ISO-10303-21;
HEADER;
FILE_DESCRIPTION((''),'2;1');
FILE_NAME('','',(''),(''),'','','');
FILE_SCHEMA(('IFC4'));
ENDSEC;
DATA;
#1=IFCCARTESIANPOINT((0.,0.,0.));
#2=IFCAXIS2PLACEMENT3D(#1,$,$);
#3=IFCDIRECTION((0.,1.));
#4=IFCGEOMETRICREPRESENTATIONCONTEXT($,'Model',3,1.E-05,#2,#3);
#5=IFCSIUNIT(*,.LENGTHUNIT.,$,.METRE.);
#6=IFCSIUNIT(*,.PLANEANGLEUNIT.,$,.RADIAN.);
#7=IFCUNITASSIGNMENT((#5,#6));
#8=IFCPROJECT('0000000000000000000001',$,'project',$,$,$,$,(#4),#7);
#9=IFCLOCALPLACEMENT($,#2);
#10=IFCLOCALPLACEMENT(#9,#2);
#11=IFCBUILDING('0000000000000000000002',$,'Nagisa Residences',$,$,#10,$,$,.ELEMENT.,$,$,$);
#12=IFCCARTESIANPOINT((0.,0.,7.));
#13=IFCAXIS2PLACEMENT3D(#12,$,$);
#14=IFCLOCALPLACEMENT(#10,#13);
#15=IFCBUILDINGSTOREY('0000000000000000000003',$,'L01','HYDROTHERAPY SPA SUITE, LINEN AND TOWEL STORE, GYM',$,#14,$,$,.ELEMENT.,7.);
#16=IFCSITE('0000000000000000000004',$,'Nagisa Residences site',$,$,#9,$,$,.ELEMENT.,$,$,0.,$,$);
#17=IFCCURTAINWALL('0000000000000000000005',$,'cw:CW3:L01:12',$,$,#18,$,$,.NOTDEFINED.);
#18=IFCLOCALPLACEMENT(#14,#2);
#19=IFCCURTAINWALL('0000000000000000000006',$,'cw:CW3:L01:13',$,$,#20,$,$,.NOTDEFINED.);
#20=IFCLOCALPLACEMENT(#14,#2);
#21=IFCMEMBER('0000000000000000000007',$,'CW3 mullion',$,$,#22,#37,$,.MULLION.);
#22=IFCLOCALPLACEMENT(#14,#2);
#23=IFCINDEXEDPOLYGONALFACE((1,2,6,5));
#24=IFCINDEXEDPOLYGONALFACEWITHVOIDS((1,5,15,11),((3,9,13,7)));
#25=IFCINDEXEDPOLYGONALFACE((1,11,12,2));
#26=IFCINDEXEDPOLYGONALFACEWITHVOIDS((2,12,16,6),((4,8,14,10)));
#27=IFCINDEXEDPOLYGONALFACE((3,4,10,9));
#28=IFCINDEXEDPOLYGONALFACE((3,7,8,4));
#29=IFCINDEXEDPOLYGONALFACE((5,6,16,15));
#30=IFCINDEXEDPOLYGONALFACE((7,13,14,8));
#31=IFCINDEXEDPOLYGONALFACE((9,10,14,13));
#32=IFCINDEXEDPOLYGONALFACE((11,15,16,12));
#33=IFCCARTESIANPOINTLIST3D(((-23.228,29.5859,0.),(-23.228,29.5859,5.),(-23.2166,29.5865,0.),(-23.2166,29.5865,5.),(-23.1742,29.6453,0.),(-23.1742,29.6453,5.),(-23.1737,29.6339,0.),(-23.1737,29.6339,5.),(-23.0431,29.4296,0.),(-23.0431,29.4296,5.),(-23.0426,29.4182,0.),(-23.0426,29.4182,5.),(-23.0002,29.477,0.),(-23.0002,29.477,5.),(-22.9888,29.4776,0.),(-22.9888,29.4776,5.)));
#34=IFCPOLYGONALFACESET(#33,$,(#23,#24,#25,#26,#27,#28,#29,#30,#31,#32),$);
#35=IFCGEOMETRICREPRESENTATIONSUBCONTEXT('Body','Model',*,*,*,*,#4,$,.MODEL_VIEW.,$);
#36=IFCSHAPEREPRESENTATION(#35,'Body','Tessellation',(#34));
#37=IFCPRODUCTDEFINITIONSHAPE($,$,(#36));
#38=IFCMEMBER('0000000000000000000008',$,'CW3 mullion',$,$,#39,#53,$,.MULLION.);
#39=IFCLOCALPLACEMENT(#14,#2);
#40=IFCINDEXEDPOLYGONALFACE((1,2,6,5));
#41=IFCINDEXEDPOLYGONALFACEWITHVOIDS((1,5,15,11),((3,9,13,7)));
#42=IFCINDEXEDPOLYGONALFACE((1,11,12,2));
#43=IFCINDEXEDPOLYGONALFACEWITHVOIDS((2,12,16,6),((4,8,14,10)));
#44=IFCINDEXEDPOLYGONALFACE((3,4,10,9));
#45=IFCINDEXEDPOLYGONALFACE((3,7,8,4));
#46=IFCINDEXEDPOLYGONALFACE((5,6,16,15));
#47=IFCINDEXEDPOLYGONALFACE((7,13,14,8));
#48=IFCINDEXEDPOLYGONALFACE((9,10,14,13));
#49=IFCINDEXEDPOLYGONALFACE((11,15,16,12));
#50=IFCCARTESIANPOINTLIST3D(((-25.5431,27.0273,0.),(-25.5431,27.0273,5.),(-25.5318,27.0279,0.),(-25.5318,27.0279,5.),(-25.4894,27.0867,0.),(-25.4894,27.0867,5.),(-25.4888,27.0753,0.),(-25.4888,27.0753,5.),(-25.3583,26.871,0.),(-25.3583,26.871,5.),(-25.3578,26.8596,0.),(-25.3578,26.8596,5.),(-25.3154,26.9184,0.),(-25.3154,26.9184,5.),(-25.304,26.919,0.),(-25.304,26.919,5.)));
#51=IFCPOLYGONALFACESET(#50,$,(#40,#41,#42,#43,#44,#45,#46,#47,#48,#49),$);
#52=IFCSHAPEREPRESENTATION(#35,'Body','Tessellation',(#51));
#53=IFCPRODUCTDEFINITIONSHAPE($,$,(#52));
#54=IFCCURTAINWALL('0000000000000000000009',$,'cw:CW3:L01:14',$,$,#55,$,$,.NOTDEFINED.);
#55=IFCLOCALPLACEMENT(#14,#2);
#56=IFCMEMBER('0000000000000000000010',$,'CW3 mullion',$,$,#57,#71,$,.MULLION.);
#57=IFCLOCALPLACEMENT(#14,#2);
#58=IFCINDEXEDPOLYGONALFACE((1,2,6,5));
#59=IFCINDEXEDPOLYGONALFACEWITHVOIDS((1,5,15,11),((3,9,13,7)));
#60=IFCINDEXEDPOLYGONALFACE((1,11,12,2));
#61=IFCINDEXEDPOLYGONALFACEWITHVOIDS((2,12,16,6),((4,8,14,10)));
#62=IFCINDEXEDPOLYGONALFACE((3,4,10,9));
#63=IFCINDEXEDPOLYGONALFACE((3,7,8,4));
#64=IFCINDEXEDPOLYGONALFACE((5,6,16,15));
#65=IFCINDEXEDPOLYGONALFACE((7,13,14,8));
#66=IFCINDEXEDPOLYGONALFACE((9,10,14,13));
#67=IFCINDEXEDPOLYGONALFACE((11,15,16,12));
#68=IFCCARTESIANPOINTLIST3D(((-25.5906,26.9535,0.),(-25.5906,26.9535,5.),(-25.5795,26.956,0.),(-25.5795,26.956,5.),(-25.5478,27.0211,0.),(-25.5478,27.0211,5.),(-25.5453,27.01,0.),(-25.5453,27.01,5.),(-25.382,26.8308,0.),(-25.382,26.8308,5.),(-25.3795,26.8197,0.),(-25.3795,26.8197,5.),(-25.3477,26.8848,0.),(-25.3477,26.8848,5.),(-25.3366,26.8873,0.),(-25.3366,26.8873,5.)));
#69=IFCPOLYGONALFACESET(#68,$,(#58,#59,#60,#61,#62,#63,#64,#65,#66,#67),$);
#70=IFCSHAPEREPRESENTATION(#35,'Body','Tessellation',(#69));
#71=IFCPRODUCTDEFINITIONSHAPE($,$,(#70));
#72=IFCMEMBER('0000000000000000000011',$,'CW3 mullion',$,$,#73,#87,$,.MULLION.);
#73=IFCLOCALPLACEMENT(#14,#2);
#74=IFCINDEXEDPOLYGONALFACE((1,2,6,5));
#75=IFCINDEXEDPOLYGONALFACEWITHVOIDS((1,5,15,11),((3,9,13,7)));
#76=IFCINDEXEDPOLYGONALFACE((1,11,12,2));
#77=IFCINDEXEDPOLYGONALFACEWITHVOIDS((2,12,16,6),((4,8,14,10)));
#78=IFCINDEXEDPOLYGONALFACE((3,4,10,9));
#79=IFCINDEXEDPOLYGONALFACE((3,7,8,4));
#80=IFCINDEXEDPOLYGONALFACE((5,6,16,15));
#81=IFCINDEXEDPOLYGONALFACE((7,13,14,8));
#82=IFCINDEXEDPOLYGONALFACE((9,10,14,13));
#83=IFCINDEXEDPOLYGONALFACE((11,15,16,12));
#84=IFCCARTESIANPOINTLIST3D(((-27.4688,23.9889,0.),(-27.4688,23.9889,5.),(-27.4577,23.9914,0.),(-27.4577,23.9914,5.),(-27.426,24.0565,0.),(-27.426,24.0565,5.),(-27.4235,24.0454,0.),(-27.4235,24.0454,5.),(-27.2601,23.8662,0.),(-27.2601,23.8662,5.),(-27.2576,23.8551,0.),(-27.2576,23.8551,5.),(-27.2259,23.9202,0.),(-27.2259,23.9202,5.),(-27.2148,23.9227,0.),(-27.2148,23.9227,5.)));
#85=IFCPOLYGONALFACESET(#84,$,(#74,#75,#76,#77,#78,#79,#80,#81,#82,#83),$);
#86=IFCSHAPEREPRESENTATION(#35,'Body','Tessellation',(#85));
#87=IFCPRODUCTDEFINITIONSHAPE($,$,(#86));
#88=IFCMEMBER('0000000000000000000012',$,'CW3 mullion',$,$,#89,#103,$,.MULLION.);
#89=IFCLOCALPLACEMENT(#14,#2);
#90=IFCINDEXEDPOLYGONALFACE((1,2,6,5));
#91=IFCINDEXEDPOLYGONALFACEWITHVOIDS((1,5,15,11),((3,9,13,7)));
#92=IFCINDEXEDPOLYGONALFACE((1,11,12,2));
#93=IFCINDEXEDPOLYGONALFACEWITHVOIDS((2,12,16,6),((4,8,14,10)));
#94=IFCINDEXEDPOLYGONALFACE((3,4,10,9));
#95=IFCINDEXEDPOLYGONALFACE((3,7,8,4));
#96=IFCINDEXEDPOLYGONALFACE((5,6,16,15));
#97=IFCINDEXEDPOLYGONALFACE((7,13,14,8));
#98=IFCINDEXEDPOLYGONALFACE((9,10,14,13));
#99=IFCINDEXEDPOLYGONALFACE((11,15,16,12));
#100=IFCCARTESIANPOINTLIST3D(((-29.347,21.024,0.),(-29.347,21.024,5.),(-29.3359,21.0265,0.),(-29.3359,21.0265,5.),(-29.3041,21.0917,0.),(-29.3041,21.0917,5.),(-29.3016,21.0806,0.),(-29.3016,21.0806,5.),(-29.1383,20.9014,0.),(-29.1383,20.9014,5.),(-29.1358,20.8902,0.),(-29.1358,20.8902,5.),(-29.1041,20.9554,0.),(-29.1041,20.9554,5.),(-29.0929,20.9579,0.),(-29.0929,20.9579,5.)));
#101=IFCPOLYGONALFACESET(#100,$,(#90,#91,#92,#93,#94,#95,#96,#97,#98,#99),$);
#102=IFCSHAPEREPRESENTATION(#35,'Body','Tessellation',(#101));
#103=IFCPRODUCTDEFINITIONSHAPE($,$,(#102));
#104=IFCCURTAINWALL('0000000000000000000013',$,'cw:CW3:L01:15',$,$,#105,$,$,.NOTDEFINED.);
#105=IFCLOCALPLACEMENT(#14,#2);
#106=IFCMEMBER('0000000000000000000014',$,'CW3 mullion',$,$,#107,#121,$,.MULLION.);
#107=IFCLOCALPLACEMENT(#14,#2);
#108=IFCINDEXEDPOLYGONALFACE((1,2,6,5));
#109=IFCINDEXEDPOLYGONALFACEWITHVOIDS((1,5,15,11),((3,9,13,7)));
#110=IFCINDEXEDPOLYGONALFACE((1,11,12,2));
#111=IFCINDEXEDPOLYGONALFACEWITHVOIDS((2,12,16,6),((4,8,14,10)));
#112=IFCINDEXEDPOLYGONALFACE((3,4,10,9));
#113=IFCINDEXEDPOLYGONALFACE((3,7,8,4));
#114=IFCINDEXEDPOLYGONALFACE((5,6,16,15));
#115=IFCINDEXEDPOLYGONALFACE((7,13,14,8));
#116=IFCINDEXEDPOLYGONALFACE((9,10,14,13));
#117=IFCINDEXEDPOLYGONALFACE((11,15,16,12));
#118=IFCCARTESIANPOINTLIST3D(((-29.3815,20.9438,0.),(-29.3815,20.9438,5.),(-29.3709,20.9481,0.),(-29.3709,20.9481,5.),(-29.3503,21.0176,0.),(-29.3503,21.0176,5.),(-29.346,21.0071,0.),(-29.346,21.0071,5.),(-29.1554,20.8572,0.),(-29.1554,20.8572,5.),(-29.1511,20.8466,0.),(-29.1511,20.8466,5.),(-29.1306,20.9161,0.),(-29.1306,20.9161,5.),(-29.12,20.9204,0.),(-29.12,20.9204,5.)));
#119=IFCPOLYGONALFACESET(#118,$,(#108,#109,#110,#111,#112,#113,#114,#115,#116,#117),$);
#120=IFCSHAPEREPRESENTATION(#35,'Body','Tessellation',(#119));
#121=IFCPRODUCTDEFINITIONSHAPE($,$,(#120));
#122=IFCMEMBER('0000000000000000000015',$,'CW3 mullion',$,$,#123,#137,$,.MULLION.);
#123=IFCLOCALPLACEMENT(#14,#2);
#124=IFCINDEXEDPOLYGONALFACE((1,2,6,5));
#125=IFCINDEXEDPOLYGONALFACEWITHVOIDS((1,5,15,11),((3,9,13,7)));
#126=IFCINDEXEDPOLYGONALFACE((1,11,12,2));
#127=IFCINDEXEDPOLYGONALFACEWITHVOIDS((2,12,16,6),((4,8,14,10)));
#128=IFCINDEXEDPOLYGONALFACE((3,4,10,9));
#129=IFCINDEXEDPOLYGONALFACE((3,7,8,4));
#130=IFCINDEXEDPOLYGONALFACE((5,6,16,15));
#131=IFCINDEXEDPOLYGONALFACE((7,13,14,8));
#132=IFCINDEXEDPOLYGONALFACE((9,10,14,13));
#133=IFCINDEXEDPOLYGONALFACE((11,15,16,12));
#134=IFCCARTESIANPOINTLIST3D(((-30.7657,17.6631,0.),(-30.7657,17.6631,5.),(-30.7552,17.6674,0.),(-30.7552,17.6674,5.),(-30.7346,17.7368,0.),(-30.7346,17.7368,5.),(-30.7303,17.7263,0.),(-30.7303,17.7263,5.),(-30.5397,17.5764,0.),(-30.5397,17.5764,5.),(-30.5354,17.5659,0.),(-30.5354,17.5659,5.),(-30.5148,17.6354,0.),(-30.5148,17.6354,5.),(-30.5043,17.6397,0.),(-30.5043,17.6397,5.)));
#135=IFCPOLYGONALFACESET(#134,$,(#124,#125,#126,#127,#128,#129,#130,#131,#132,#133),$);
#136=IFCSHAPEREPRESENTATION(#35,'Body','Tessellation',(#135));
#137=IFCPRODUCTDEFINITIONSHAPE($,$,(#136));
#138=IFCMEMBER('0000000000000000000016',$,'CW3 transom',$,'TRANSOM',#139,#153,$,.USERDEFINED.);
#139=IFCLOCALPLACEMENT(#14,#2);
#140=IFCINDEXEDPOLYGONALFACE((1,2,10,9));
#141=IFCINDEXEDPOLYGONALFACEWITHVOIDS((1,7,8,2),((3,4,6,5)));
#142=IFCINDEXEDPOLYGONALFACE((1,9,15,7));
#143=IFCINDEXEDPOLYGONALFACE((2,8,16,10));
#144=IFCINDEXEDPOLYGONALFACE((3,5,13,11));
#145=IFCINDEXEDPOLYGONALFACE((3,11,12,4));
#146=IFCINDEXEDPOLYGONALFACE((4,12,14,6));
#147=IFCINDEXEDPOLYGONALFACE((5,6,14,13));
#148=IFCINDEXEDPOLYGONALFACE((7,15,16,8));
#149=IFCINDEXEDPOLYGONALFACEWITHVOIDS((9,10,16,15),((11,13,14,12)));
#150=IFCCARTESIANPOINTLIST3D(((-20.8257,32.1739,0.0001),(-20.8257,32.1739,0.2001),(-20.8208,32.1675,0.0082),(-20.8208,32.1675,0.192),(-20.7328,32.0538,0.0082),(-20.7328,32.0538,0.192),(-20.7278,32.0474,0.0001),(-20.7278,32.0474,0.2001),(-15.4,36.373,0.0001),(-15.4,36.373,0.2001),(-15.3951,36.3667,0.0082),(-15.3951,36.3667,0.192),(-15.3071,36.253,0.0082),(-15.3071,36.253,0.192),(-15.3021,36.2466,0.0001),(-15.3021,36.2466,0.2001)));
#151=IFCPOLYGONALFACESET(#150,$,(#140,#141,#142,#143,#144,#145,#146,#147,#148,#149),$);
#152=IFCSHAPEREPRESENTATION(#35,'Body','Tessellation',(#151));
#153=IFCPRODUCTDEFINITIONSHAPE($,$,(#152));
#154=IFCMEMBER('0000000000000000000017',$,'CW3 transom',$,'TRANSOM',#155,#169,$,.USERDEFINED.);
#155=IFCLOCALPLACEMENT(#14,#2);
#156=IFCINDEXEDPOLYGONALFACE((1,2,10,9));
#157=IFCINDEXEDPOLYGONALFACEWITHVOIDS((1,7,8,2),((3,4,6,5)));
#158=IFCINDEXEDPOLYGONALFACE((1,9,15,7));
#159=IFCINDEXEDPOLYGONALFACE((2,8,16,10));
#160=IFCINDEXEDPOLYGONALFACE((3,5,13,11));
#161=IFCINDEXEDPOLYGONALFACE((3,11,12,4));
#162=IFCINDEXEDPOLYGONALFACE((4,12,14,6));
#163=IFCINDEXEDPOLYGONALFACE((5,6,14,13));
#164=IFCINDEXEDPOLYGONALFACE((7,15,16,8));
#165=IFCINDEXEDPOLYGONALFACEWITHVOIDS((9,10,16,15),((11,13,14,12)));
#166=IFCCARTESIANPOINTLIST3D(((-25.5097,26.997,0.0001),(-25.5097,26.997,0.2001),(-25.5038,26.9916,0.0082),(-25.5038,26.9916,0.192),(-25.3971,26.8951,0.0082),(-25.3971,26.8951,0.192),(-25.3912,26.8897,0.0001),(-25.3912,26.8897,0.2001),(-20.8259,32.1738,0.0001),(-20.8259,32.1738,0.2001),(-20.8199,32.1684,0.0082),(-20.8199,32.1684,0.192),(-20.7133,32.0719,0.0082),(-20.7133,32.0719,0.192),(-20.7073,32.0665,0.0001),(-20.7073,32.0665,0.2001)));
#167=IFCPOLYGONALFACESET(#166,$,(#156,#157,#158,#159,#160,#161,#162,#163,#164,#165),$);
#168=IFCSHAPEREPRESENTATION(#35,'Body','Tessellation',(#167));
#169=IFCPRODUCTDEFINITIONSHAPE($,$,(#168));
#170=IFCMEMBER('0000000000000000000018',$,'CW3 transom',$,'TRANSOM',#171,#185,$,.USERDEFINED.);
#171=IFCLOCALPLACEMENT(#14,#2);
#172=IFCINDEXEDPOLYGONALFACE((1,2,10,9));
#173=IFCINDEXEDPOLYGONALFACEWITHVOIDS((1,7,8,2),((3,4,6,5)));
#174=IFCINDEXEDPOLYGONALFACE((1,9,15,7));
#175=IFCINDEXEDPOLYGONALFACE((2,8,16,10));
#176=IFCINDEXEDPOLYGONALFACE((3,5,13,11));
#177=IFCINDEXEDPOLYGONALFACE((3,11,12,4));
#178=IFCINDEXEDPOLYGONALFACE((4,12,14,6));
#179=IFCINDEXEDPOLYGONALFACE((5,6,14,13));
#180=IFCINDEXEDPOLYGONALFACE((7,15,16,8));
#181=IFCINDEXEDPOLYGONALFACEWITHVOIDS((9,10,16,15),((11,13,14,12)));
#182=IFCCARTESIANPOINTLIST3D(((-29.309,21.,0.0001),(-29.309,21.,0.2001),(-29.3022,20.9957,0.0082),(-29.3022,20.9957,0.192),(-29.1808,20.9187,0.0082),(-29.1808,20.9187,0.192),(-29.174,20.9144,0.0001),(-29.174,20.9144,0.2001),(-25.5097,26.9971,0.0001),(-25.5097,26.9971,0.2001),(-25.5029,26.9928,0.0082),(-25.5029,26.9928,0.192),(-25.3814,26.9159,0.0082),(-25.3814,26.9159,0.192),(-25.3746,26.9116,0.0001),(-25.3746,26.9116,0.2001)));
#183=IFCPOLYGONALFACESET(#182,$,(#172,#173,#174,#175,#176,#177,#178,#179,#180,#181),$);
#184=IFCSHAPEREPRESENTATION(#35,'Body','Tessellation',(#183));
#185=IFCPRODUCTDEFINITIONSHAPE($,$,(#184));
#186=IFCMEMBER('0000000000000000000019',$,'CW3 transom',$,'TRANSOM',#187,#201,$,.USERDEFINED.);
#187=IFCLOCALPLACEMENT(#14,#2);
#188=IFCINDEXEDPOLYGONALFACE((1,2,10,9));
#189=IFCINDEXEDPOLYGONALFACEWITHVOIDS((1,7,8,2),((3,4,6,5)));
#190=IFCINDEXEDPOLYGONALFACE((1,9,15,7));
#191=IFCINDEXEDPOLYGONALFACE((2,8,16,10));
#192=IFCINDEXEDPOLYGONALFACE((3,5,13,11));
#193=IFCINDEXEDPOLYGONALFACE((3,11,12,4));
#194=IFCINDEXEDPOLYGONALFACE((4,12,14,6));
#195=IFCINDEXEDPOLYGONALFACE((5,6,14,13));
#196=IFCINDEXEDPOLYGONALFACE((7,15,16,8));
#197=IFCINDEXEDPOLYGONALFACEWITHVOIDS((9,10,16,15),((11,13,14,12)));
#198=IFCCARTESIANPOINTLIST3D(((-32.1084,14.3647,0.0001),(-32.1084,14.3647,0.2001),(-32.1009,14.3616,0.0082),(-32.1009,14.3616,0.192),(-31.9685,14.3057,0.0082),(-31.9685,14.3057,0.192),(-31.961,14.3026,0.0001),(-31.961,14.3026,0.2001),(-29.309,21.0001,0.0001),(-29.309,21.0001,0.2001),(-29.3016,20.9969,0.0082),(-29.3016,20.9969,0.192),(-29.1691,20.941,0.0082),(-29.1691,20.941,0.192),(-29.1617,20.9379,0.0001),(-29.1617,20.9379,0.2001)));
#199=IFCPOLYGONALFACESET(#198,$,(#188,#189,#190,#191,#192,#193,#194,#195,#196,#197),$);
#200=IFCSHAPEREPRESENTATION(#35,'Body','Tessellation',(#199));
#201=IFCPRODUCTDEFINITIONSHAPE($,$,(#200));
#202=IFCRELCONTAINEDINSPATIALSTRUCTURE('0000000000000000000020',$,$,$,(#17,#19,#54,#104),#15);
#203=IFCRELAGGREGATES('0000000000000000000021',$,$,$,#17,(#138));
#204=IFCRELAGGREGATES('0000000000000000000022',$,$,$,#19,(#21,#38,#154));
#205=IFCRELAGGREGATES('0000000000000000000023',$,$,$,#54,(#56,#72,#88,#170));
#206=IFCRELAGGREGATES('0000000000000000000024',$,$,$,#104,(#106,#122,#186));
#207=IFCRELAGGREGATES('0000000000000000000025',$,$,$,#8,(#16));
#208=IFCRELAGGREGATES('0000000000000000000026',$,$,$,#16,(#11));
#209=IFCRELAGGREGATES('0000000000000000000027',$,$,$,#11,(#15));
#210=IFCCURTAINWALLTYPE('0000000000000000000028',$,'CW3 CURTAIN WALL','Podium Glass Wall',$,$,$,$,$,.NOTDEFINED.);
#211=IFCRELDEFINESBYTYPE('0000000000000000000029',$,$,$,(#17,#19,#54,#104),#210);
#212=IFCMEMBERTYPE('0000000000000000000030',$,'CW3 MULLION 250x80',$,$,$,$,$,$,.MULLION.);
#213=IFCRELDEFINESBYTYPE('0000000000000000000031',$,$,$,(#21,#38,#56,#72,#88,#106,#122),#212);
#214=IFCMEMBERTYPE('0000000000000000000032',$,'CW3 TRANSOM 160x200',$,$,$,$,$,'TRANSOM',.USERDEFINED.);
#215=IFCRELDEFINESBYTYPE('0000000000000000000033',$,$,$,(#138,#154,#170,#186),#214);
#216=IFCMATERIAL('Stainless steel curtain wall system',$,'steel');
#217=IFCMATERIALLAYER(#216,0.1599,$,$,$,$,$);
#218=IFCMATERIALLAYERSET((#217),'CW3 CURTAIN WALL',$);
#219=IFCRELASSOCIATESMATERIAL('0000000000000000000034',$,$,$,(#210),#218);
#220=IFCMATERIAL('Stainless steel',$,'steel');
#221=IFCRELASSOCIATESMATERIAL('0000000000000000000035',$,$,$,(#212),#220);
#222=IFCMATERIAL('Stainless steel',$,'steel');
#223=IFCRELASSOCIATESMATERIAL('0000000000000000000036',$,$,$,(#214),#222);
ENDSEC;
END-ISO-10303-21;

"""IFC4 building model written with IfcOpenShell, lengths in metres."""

from ifc_helpers import new_model, si_unit, direction, frame, origin, origin_2d, place, context, subcontext, project, spatial, hollow_rectangle, extrude, material, layer, layer_set, material_profile, profile_set, type_object, element, aggregate, save


model = new_model("IFC4")

# Units and contexts
model_context = context("Model", 3, precision=1e-05, world=origin(), true_north=direction((0.0, 1.0)))
body_context = subcontext(model_context, "Body", "Model", "MODEL_VIEW")
ifc_project = project(units=[si_unit("LENGTHUNIT", "METRE"), si_unit("PLANEANGLEUNIT", "RADIAN")], contexts=[model_context])

# Site, building, storey
site_placement = place(None, origin())
site = spatial("IfcSite", under=ifc_project, at=site_placement, Name="Nagisa Residences site", CompositionType="ELEMENT", RefElevation=0.0)
building_placement = place(site_placement, origin())
building = spatial("IfcBuilding", under=site, at=building_placement, Name="Nagisa Residences", CompositionType="ELEMENT")
storey_placement = place(building_placement, frame((0.0, 0.0, 7.0)))
storey = spatial("IfcBuildingStorey", under=building, at=storey_placement, Name="L01", Description="HYDROTHERAPY SPA SUITE, LINEN AND TOWEL STORE, GYM", CompositionType="ELEMENT", Elevation=7.0)

# Shared definitions
ifc_material_1 = material(Name="Stainless steel curtain wall system", Category="steel")
ifc_layer_1 = layer(ifc_material_1, 0.1599)
ifc_layer_set_1 = layer_set([ifc_layer_1], Name="CW3 CURTAIN WALL")
curtain_wall_type_1 = type_object("IfcCurtainWallType", Name="CW3 CURTAIN WALL", Description="Podium Glass Wall", PredefinedType="NOTDEFINED", material=ifc_layer_set_1)
ifc_material_2 = material(Name="Stainless steel", Category="steel")
ifc_material_profile_1 = material_profile(ifc_material_2, hollow_rectangle(XDim=0.25, YDim=0.0801, WallThickness=0.0081, at=origin_2d()), Name="CW3 MULLION 250x80")
ifc_profile_set_1 = profile_set([ifc_material_profile_1], Name="Stainless steel")
member_type_1 = type_object("IfcMemberType", Name="CW3 MULLION 250x80", PredefinedType="MULLION", material=ifc_profile_set_1)

# Curtain walls, members
curtain_wall_1_placement = place(storey_placement, origin())
curtain_wall_1 = element("IfcCurtainWall", 1, at=curtain_wall_1_placement, inside=storey, type_object=curtain_wall_type_1, Name="cw:CW3:L01:12", PredefinedType="NOTDEFINED")
curtain_wall_2_placement = place(storey_placement, origin())
curtain_wall_2 = element("IfcCurtainWall", 2, at=curtain_wall_2_placement, inside=storey, type_object=curtain_wall_type_1, Name="cw:CW3:L01:13", PredefinedType="NOTDEFINED")
member_1_placement = place(storey_placement, frame((-23.1084, 29.5317, 0.0), z_axis=(0.0, 0.0, 1.0), x_axis=(0.741536, -0.670913, 0.0)))
member_1 = element("IfcMember", 3, at=member_1_placement, type_object=member_type_1, Name="CW3 mullion", PredefinedType="MULLION", context=body_context, shape_type="SweptSolid", body=[
    extrude(hollow_rectangle(XDim=0.25, YDim=0.0801, WallThickness=0.0081, at=origin_2d()), origin(), (0.0, 0.0, 1.0), 5.0),
])
member_2_placement = place(storey_placement, frame((-25.4236, 26.9731, 0.0), z_axis=(0.0, 0.0, 1.0), x_axis=(0.741536, -0.670913, 0.0)))
member_2 = element("IfcMember", 4, at=member_2_placement, type_object=member_type_1, Name="CW3 mullion", PredefinedType="MULLION", context=body_context, shape_type="SweptSolid", body=[
    extrude(hollow_rectangle(XDim=0.25, YDim=0.0801, WallThickness=0.0081, at=origin_2d()), origin(), (0.0, 0.0, 1.0), 5.0),
])
curtain_wall_3_placement = place(storey_placement, origin())
curtain_wall_3 = element("IfcCurtainWall", 5, at=curtain_wall_3_placement, inside=storey, type_object=curtain_wall_type_1, Name="cw:CW3:L01:14", PredefinedType="NOTDEFINED")
member_3_placement = place(storey_placement, frame((-25.4636, 26.9204, 0.0), z_axis=(0.0, 0.0, 1.0), x_axis=(0.844747, -0.535165, 0.0)))
member_3 = element("IfcMember", 6, at=member_3_placement, type_object=member_type_1, Name="CW3 mullion", PredefinedType="MULLION", context=body_context, shape_type="SweptSolid", body=[
    extrude(hollow_rectangle(XDim=0.25, YDim=0.0801, WallThickness=0.0081, at=origin_2d()), origin(), (0.0, 0.0, 1.0), 5.0),
])
member_4_placement = place(storey_placement, frame((-27.3418, 23.9558, 0.0), z_axis=(0.0, 0.0, 1.0), x_axis=(0.844747, -0.535165, 0.0)))
member_4 = element("IfcMember", 7, at=member_4_placement, type_object=member_type_1, Name="CW3 mullion", PredefinedType="MULLION", context=body_context, shape_type="SweptSolid", body=[
    extrude(hollow_rectangle(XDim=0.25, YDim=0.0801, WallThickness=0.0081, at=origin_2d()), origin(), (0.0, 0.0, 1.0), 5.0),
])
member_5_placement = place(storey_placement, frame((-29.22, 20.991, 0.0), z_axis=(0.0, 0.0, 1.0), x_axis=(0.844747, -0.535165, 0.0)))
member_5 = element("IfcMember", 8, at=member_5_placement, type_object=member_type_1, Name="CW3 mullion", PredefinedType="MULLION", context=body_context, shape_type="SweptSolid", body=[
    extrude(hollow_rectangle(XDim=0.25, YDim=0.0801, WallThickness=0.0081, at=origin_2d()), origin(), (0.0, 0.0, 1.0), 5.0),
])
curtain_wall_4_placement = place(storey_placement, origin())
curtain_wall_4 = element("IfcCurtainWall", 9, at=curtain_wall_4_placement, inside=storey, type_object=curtain_wall_type_1, Name="cw:CW3:L01:15", PredefinedType="NOTDEFINED")
member_6_placement = place(storey_placement, frame((-29.2507, 20.9321, 0.0), z_axis=(0.0, 0.0, 1.0), x_axis=(0.921357, -0.388718, 0.0)))
member_6 = element("IfcMember", 10, at=member_6_placement, type_object=member_type_1, Name="CW3 mullion", PredefinedType="MULLION", context=body_context, shape_type="SweptSolid", body=[
    extrude(hollow_rectangle(XDim=0.25, YDim=0.0801, WallThickness=0.0081, at=origin_2d()), origin(), (0.0, 0.0, 1.0), 5.0),
])
member_7_placement = place(storey_placement, frame((-30.635, 17.6514, 0.0), z_axis=(0.0, 0.0, 1.0), x_axis=(0.921357, -0.388718, 0.0)))
member_7 = element("IfcMember", 11, at=member_7_placement, type_object=member_type_1, Name="CW3 mullion", PredefinedType="MULLION", context=body_context, shape_type="SweptSolid", body=[
    extrude(hollow_rectangle(XDim=0.25, YDim=0.0801, WallThickness=0.0081, at=origin_2d()), origin(), (0.0, 0.0, 1.0), 5.0),
])

# Members
ifc_material_3 = material(Name="Stainless steel", Category="steel")
ifc_material_profile_2 = material_profile(ifc_material_3, hollow_rectangle(XDim=0.1599, YDim=0.2, WallThickness=0.0081, at=origin_2d()), Name="CW3 TRANSOM 160x200")
ifc_profile_set_2 = profile_set([ifc_material_profile_2], Name="Stainless steel")
member_type_2 = type_object("IfcMemberType", Name="CW3 TRANSOM 160x200", ElementType="TRANSOM", PredefinedType="USERDEFINED", material=ifc_profile_set_2)
member_8_placement = place(storey_placement, frame((-15.3511, 36.3098, 0.1001), z_axis=(-0.790821, -0.612047, 0.0), x_axis=(0.612047, -0.790821, 0.0)))
member_8 = element("IfcMember", 12, at=member_8_placement, type_object=member_type_2, Name="CW3 transom", ObjectType="TRANSOM", PredefinedType="USERDEFINED", context=body_context, shape_type="SweptSolid", body=[
    extrude(hollow_rectangle(XDim=0.1599, YDim=0.2, WallThickness=0.0081, at=origin_2d()), origin(), (0.0, 0.0, 1.0), 6.8608),
])
member_9_placement = place(storey_placement, frame((-20.7666, 32.1201, 0.1001), z_axis=(-0.670922, -0.741528, 0.0), x_axis=(0.741528, -0.670922, 0.0)))
member_9 = element("IfcMember", 13, at=member_9_placement, type_object=member_type_2, Name="CW3 transom", ObjectType="TRANSOM", PredefinedType="USERDEFINED", context=body_context, shape_type="SweptSolid", body=[
    extrude(hollow_rectangle(XDim=0.1599, YDim=0.2, WallThickness=0.0081, at=origin_2d()), origin(), (0.0, 0.0, 1.0), 6.9812),
])
member_10_placement = place(storey_placement, frame((-25.4421, 26.9543, 0.1001), z_axis=(-0.53517, -0.844744, 0.0), x_axis=(0.844744, -0.53517, 0.0)))
member_10 = element("IfcMember", 14, at=member_10_placement, type_object=member_type_2, Name="CW3 transom", ObjectType="TRANSOM", PredefinedType="USERDEFINED", context=body_context, shape_type="SweptSolid", body=[
    extrude(hollow_rectangle(XDim=0.1599, YDim=0.2, WallThickness=0.0081, at=origin_2d()), origin(), (0.0, 0.0, 1.0), 7.0994),
])
member_11_placement = place(storey_placement, frame((-29.2354, 20.969, 0.1001), z_axis=(-0.388709, -0.921361, 0.0), x_axis=(0.921361, -0.388709, 0.0)))
member_11 = element("IfcMember", 15, at=member_11_placement, type_object=member_type_2, Name="CW3 transom", ObjectType="TRANSOM", PredefinedType="USERDEFINED", context=body_context, shape_type="SweptSolid", body=[
    extrude(hollow_rectangle(XDim=0.1599, YDim=0.2, WallThickness=0.0081, at=origin_2d()), origin(), (0.0, 0.0, 1.0), 7.2017),
])

aggregate(curtain_wall_1, [member_8])
aggregate(curtain_wall_2, [member_1, member_2, member_9])
aggregate(curtain_wall_3, [member_3, member_4, member_5, member_10])
aggregate(curtain_wall_4, [member_6, member_7, member_11])

save(model, "model.ifc")
